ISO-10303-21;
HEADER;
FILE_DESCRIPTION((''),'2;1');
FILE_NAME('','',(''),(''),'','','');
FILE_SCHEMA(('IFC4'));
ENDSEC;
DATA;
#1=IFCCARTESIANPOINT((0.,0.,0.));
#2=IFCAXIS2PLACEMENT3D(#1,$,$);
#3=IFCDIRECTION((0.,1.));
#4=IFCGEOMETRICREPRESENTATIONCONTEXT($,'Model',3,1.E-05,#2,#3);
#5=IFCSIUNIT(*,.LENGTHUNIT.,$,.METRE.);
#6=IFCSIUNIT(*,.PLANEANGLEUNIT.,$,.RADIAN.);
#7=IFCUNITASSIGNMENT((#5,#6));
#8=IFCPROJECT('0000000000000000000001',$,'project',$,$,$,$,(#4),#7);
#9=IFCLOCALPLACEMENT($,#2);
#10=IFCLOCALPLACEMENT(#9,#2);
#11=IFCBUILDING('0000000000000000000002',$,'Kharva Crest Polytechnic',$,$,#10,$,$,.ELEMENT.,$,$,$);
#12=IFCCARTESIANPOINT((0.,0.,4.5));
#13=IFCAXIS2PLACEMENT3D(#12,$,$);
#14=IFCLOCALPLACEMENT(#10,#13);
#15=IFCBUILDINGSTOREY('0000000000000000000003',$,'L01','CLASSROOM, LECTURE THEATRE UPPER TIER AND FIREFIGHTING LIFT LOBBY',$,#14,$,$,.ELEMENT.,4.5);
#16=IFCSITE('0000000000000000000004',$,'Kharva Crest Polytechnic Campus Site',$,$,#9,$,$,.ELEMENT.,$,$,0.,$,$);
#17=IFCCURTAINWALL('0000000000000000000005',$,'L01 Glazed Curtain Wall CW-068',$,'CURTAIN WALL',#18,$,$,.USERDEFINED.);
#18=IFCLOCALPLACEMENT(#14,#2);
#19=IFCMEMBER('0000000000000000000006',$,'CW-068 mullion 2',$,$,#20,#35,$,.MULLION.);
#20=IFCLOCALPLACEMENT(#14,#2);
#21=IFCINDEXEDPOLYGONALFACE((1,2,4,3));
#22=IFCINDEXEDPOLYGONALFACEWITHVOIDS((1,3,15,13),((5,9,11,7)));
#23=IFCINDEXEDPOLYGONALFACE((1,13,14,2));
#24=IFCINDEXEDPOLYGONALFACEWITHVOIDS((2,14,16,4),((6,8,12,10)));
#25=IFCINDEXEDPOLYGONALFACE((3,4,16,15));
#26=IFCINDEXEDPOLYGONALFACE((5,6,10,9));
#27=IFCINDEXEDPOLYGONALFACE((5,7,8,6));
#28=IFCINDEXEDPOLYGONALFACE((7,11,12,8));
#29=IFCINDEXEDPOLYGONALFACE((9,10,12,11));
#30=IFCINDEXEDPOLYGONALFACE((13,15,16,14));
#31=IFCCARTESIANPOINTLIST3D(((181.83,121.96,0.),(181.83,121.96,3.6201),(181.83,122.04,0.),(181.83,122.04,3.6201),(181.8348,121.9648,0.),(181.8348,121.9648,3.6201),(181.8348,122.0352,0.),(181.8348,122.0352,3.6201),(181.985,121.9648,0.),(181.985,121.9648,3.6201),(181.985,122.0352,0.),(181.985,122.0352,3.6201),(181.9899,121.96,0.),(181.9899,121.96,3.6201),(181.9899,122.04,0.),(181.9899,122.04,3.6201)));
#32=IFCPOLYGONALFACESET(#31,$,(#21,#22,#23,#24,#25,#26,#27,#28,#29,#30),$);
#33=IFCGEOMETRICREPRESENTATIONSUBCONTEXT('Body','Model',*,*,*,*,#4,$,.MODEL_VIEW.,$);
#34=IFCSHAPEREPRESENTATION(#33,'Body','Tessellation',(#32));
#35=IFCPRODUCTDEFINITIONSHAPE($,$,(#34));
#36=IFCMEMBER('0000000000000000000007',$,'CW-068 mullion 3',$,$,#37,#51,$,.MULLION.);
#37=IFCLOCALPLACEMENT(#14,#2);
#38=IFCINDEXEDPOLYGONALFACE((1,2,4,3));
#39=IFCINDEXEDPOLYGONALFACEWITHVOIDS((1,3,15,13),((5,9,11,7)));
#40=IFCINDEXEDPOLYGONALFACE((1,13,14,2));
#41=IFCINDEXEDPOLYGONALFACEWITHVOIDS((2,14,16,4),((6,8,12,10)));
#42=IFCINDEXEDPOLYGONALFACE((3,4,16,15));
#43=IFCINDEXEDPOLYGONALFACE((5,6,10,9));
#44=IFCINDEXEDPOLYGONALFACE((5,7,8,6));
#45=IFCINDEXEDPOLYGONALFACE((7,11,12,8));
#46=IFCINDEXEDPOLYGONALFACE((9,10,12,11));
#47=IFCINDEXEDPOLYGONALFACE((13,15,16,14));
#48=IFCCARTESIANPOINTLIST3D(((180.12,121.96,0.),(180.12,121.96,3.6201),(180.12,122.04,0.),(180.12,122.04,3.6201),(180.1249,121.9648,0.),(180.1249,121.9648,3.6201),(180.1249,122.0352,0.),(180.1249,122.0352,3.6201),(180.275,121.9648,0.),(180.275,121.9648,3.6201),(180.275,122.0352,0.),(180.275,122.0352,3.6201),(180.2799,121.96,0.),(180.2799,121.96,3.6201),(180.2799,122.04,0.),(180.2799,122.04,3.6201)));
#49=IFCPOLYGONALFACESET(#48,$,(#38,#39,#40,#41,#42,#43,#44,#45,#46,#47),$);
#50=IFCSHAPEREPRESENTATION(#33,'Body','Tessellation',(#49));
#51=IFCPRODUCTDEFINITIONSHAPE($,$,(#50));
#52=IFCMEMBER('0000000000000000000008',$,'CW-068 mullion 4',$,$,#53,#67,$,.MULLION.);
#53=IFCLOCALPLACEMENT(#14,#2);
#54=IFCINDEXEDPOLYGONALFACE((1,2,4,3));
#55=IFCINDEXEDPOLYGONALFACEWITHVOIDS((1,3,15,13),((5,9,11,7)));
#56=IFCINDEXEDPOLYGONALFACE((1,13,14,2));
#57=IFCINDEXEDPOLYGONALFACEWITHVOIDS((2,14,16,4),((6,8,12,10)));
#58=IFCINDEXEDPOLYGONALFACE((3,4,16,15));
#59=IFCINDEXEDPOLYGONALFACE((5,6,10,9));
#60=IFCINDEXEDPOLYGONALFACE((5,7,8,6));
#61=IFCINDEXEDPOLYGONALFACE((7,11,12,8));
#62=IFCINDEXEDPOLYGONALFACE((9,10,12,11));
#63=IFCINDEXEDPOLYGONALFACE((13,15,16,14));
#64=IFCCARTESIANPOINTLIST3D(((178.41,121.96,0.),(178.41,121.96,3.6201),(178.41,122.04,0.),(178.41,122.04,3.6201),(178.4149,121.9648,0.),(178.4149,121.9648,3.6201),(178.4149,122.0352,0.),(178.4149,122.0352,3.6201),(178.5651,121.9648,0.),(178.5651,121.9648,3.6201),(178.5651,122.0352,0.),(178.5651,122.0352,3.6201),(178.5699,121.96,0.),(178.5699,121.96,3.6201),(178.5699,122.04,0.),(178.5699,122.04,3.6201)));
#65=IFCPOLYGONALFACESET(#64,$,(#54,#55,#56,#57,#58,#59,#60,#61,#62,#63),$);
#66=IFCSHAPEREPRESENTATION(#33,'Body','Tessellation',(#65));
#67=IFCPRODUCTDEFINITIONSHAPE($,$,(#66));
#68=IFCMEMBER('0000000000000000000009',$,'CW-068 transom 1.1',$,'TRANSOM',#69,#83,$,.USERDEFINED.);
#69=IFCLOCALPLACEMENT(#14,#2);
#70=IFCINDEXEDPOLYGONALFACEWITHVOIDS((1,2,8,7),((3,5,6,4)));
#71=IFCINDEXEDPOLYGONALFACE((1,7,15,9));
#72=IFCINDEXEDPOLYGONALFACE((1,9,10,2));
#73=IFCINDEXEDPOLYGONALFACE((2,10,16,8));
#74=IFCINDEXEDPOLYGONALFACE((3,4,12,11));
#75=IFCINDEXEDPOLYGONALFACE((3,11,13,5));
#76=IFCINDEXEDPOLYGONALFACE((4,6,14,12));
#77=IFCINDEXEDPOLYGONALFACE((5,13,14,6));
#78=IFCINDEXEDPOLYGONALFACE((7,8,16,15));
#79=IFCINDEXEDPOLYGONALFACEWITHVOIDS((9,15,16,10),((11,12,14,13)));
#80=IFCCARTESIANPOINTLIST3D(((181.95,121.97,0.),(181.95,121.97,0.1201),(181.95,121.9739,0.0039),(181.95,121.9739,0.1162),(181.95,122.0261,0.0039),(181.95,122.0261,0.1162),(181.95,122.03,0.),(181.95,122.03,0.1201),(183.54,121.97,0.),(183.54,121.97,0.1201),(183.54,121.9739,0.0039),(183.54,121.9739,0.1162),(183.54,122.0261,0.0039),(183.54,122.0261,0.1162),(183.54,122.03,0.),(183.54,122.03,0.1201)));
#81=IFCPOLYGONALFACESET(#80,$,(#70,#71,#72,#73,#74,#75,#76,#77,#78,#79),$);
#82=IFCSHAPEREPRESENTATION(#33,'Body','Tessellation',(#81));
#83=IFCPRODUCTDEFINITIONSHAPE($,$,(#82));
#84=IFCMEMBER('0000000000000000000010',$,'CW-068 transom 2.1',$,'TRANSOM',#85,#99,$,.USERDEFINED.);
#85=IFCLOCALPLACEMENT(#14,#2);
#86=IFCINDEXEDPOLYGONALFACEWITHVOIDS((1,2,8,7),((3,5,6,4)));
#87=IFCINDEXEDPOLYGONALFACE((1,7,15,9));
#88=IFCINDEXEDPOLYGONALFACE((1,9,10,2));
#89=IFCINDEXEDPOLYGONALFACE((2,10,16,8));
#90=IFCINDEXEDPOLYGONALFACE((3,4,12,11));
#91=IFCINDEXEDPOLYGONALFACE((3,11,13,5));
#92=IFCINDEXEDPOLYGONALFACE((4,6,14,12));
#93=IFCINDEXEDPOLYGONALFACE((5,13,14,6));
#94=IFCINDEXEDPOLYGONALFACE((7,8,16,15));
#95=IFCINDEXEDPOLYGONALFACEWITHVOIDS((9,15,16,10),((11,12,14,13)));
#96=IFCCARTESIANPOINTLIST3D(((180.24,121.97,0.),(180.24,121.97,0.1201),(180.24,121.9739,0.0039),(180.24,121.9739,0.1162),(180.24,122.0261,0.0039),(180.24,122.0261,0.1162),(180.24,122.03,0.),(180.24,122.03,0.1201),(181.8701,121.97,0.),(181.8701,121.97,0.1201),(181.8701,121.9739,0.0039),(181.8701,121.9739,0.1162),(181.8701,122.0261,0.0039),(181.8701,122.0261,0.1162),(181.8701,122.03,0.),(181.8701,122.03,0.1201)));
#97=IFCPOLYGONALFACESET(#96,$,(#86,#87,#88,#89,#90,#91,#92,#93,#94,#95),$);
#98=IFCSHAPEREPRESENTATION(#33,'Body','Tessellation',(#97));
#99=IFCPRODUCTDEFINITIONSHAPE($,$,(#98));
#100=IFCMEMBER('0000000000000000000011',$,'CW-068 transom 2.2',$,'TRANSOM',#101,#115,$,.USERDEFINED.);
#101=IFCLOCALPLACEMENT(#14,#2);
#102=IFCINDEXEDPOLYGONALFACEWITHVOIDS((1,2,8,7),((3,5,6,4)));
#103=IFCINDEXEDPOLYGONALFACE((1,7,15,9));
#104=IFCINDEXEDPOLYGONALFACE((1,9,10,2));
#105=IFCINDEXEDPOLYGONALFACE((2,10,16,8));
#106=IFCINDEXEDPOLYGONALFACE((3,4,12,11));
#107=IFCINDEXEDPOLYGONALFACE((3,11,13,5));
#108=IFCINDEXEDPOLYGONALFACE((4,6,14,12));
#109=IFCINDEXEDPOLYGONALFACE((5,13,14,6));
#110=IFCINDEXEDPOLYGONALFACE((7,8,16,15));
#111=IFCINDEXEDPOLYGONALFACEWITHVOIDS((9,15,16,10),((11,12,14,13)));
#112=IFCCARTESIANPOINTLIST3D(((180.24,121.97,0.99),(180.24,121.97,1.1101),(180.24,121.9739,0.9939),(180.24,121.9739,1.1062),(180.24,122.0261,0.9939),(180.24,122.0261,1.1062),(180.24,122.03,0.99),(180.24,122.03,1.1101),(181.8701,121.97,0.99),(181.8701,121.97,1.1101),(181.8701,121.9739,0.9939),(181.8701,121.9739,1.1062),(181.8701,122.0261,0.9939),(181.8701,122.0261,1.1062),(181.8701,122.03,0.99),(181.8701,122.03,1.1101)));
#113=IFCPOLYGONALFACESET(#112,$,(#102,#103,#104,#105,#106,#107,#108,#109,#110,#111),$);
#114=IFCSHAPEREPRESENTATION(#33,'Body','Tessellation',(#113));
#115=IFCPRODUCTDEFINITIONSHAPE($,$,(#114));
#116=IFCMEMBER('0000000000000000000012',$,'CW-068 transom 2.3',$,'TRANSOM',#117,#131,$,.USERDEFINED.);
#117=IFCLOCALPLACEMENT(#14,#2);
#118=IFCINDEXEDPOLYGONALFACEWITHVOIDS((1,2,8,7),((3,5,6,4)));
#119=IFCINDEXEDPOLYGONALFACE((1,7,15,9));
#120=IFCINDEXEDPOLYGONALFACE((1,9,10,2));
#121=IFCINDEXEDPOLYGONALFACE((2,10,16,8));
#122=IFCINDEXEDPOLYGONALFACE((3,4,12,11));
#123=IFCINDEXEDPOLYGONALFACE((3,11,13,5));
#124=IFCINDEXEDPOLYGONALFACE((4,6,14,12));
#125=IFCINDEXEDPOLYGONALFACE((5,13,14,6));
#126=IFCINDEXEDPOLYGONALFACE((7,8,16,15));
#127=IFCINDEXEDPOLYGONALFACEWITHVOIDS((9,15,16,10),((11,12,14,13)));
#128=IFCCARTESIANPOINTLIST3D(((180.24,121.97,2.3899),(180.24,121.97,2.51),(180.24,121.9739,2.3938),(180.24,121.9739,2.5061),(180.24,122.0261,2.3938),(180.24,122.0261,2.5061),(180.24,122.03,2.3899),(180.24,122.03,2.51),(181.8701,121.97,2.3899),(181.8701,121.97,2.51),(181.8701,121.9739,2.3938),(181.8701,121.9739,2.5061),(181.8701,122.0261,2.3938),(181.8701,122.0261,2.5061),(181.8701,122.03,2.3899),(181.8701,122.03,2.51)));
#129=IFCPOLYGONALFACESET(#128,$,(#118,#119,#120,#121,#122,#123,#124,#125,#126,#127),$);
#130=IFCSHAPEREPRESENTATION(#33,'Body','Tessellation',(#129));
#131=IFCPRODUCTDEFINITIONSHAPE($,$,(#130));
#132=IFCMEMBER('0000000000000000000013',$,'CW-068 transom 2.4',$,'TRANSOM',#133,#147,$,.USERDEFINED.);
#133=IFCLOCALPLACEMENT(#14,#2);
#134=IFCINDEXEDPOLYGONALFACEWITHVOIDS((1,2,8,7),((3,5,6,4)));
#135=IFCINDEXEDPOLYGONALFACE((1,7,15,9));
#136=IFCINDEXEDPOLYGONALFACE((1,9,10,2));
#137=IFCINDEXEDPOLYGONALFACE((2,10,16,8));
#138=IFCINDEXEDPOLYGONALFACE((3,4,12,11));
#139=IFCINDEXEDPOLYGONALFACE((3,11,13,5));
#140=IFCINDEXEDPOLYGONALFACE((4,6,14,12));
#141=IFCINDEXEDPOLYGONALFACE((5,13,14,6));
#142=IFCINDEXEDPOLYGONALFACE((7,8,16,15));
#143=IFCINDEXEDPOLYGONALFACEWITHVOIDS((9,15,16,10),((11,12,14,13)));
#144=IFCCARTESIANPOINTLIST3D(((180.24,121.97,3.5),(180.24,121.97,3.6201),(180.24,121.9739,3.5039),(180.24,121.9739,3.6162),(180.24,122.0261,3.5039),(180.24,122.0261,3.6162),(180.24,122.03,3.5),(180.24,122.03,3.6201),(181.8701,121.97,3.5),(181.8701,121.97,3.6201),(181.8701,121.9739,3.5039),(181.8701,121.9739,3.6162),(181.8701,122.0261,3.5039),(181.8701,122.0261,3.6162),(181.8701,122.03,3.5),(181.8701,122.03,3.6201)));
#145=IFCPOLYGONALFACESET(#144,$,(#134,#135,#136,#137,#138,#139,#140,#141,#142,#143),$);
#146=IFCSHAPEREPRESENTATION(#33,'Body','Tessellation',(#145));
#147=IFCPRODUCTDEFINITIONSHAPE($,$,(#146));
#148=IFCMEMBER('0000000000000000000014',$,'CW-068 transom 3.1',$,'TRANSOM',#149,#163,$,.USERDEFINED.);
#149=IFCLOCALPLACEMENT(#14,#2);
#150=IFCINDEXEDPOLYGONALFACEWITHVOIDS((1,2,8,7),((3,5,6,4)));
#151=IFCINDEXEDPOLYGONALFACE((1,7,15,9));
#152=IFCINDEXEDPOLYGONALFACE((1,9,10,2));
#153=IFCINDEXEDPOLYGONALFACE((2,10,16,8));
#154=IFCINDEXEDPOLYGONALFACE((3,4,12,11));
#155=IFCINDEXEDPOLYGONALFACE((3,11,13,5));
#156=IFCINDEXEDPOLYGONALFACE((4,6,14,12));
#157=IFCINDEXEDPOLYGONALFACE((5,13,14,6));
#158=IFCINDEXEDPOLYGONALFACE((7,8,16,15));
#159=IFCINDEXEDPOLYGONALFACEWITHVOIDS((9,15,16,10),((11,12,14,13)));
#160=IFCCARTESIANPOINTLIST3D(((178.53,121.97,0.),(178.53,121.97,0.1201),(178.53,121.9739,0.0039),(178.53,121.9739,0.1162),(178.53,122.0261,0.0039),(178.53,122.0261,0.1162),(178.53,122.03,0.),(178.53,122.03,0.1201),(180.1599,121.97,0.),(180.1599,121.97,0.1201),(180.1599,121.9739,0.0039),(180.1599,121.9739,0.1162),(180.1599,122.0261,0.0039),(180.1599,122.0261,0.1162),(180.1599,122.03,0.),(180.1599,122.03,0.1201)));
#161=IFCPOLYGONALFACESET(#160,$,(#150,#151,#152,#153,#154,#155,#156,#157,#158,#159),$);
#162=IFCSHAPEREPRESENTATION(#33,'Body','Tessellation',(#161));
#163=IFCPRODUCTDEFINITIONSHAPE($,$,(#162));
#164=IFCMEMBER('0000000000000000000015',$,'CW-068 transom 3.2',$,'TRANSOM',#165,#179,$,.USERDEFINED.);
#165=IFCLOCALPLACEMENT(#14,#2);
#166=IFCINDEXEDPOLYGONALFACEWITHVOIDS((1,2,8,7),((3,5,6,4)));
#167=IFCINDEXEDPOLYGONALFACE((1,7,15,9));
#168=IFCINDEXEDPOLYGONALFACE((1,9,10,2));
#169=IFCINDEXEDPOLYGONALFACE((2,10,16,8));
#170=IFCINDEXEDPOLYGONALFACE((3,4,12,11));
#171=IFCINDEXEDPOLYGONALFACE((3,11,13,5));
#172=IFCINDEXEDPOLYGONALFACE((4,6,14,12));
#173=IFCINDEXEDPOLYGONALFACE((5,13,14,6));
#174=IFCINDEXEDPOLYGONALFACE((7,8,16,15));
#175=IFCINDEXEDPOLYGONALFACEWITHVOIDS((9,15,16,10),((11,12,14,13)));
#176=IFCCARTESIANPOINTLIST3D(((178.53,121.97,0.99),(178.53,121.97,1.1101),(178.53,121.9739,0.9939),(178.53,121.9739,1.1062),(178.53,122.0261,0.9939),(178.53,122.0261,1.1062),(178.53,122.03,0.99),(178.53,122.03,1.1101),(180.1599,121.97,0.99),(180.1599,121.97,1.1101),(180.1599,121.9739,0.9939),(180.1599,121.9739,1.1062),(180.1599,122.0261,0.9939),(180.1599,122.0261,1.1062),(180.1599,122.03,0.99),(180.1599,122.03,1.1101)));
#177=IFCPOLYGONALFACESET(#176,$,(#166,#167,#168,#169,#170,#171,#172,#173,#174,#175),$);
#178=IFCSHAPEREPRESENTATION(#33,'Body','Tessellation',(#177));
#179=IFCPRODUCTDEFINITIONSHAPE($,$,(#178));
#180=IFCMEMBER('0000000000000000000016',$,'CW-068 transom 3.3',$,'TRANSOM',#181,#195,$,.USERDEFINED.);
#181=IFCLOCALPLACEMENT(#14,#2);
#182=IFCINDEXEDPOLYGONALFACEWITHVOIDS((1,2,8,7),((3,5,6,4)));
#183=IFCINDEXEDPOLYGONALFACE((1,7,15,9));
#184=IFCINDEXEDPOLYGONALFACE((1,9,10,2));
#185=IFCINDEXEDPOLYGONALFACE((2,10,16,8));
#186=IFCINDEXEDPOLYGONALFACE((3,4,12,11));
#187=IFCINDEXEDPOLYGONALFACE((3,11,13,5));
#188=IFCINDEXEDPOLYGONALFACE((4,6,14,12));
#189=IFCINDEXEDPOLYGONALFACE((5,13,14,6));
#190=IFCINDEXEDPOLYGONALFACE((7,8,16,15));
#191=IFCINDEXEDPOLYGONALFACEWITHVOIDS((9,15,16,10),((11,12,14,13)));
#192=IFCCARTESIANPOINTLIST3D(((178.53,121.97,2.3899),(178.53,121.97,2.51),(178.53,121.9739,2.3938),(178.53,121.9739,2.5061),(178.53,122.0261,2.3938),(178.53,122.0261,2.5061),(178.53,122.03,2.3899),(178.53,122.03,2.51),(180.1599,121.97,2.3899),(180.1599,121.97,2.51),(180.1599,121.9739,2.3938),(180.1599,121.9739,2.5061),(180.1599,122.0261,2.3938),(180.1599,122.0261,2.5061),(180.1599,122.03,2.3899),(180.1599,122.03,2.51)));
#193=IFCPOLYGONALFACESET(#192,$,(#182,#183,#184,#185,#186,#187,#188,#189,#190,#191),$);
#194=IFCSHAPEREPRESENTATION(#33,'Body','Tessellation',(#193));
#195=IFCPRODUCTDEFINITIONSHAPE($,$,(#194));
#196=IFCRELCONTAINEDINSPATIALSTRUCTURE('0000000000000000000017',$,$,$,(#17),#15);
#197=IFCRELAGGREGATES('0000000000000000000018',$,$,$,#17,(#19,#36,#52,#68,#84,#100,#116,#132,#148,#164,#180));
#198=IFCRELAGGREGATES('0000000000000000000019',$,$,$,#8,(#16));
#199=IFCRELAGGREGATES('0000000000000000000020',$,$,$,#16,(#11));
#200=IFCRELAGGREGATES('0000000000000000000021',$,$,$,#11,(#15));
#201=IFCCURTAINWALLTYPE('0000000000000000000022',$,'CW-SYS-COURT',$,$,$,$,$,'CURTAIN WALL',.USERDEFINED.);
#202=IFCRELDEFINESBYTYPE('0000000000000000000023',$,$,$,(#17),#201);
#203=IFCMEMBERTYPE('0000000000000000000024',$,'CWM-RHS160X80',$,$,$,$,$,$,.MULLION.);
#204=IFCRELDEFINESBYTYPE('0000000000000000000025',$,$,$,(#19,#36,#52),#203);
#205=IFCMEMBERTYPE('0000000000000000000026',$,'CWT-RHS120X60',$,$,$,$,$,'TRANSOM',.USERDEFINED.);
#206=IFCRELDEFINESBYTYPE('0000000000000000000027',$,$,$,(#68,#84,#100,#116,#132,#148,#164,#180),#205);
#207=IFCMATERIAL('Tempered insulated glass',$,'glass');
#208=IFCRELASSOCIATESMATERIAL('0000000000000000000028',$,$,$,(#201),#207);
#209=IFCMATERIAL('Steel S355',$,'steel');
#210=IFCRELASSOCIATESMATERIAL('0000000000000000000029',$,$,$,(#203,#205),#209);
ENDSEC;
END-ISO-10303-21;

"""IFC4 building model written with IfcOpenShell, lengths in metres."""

from ifc_helpers import new_model, si_unit, direction, frame, origin, origin_2d, place, context, subcontext, project, spatial, hollow_rectangle, extrude, material, material_profile, profile_set, type_object, element, aggregate, save


model = new_model("IFC4")

# Units and contexts
model_context = context("Model", 3, precision=1e-05, world=origin(), true_north=direction((0.0, 1.0)))
body_context = subcontext(model_context, "Body", "Model", "MODEL_VIEW")
ifc_project = project(units=[si_unit("LENGTHUNIT", "METRE"), si_unit("PLANEANGLEUNIT", "RADIAN")], contexts=[model_context])

# Site, building, storey
site_placement = place(None, origin())
site = spatial("IfcSite", under=ifc_project, at=site_placement, Name="Kharva Crest Polytechnic Campus Site", CompositionType="ELEMENT", RefElevation=0.0)
building_placement = place(site_placement, origin())
building = spatial("IfcBuilding", under=site, at=building_placement, Name="Kharva Crest Polytechnic", CompositionType="ELEMENT")
storey_placement = place(building_placement, frame((0.0, 0.0, 4.5)))
storey = spatial("IfcBuildingStorey", under=building, at=storey_placement, Name="L01", Description="CLASSROOM, LECTURE THEATRE UPPER TIER AND FIREFIGHTING LIFT LOBBY", CompositionType="ELEMENT", Elevation=4.5)

# Curtain wall, members
ifc_material_1 = material(Name="Tempered insulated glass", Category="glass")
curtain_wall_type = type_object("IfcCurtainWallType", Name="CW-SYS-COURT", ElementType="CURTAIN WALL", PredefinedType="USERDEFINED", material=ifc_material_1)
curtain_wall_placement = place(storey_placement, origin())
curtain_wall = element("IfcCurtainWall", 1, at=curtain_wall_placement, inside=storey, type_object=curtain_wall_type, Name="L01 Glazed Curtain Wall CW-068", ObjectType="CURTAIN WALL", PredefinedType="USERDEFINED")
ifc_material_2 = material(Name="Steel S355", Category="steel")
ifc_material_profile_1 = material_profile(ifc_material_2, hollow_rectangle(XDim=0.0801, YDim=0.1599, WallThickness=0.0049, at=origin_2d()), Name="RHS 160X80X5.0")
ifc_profile_set_1 = profile_set([ifc_material_profile_1], Name="Steel S355")
member_type_1 = type_object("IfcMemberType", Name="CWM-RHS160X80", PredefinedType="MULLION", material=ifc_profile_set_1)
member_1_placement = place(storey_placement, frame((181.9099, 122.0, 0.0), z_axis=(0.0, 0.0, 1.0), x_axis=(0.0, -1.0, 0.0)))
member_1 = element("IfcMember", 2, at=member_1_placement, type_object=member_type_1, Name="CW-068 mullion 2", PredefinedType="MULLION", context=body_context, shape_type="SweptSolid", body=[
    extrude(hollow_rectangle(XDim=0.0801, YDim=0.1599, WallThickness=0.0049, at=origin_2d()), origin(), (0.0, 0.0, 1.0), 3.6201),
])
member_2_placement = place(storey_placement, frame((180.2, 122.0, 0.0), z_axis=(0.0, 0.0, 1.0), x_axis=(0.0, -1.0, 0.0)))
member_2 = element("IfcMember", 3, at=member_2_placement, type_object=member_type_1, Name="CW-068 mullion 3", PredefinedType="MULLION", context=body_context, shape_type="SweptSolid", body=[
    extrude(hollow_rectangle(XDim=0.0801, YDim=0.1599, WallThickness=0.0049, at=origin_2d()), origin(), (0.0, 0.0, 1.0), 3.6201),
])
member_3_placement = place(storey_placement, frame((178.49, 122.0, 0.0), z_axis=(0.0, 0.0, 1.0), x_axis=(0.0, -1.0, 0.0)))
member_3 = element("IfcMember", 4, at=member_3_placement, type_object=member_type_1, Name="CW-068 mullion 4", PredefinedType="MULLION", context=body_context, shape_type="SweptSolid", body=[
    extrude(hollow_rectangle(XDim=0.0801, YDim=0.1599, WallThickness=0.0049, at=origin_2d()), origin(), (0.0, 0.0, 1.0), 3.6201),
])
ifc_material_profile_2 = material_profile(ifc_material_2, hollow_rectangle(XDim=0.0601, YDim=0.1201, WallThickness=0.0039, at=origin_2d()), Name="RHS 120X60X4.0")
ifc_profile_set_2 = profile_set([ifc_material_profile_2], Name="Steel S355")
member_type_2 = type_object("IfcMemberType", Name="CWT-RHS120X60", ElementType="TRANSOM", PredefinedType="USERDEFINED", material=ifc_profile_set_2)
member_4_placement = place(storey_placement, frame((183.54, 122.0, 0.0601), z_axis=(-1.0, 0.0, 0.0), x_axis=(0.0, -1.0, 0.0)))
member_4 = element("IfcMember", 5, at=member_4_placement, type_object=member_type_2, Name="CW-068 transom 1.1", ObjectType="TRANSOM", PredefinedType="USERDEFINED", context=body_context, shape_type="SweptSolid", body=[
    extrude(hollow_rectangle(XDim=0.0601, YDim=0.1201, WallThickness=0.0039, at=origin_2d()), origin(), (0.0, 0.0, 1.0), 1.5901),
])
member_5_placement = place(storey_placement, frame((181.8701, 122.0, 0.0601), z_axis=(-1.0, 0.0, 0.0), x_axis=(0.0, -1.0, 0.0)))
member_5 = element("IfcMember", 6, at=member_5_placement, type_object=member_type_2, Name="CW-068 transom 2.1", ObjectType="TRANSOM", PredefinedType="USERDEFINED", context=body_context, shape_type="SweptSolid", body=[
    extrude(hollow_rectangle(XDim=0.0601, YDim=0.1201, WallThickness=0.0039, at=origin_2d()), origin(), (0.0, 0.0, 1.0), 1.6301),
])
member_6_placement = place(storey_placement, frame((181.8701, 122.0, 1.05), z_axis=(-1.0, 0.0, 0.0), x_axis=(0.0, -1.0, 0.0)))
member_6 = element("IfcMember", 7, at=member_6_placement, type_object=member_type_2, Name="CW-068 transom 2.2", ObjectType="TRANSOM", PredefinedType="USERDEFINED", context=body_context, shape_type="SweptSolid", body=[
    extrude(hollow_rectangle(XDim=0.0601, YDim=0.1201, WallThickness=0.0039, at=origin_2d()), origin(), (0.0, 0.0, 1.0), 1.6301),
])
member_7_placement = place(storey_placement, frame((181.8701, 122.0, 2.45), z_axis=(-1.0, 0.0, 0.0), x_axis=(0.0, -1.0, 0.0)))
member_7 = element("IfcMember", 8, at=member_7_placement, type_object=member_type_2, Name="CW-068 transom 2.3", ObjectType="TRANSOM", PredefinedType="USERDEFINED", context=body_context, shape_type="SweptSolid", body=[
    extrude(hollow_rectangle(XDim=0.0601, YDim=0.1201, WallThickness=0.0039, at=origin_2d()), origin(), (0.0, 0.0, 1.0), 1.6301),
])
member_8_placement = place(storey_placement, frame((181.8701, 122.0, 3.5601), z_axis=(-1.0, 0.0, 0.0), x_axis=(0.0, -1.0, 0.0)))
member_8 = element("IfcMember", 9, at=member_8_placement, type_object=member_type_2, Name="CW-068 transom 2.4", ObjectType="TRANSOM", PredefinedType="USERDEFINED", context=body_context, shape_type="SweptSolid", body=[
    extrude(hollow_rectangle(XDim=0.0601, YDim=0.1201, WallThickness=0.0039, at=origin_2d()), origin(), (0.0, 0.0, 1.0), 1.6301),
])
member_9_placement = place(storey_placement, frame((180.1599, 122.0, 0.0601), z_axis=(-1.0, 0.0, 0.0), x_axis=(0.0, -1.0, 0.0)))
member_9 = element("IfcMember", 10, at=member_9_placement, type_object=member_type_2, Name="CW-068 transom 3.1", ObjectType="TRANSOM", PredefinedType="USERDEFINED", context=body_context, shape_type="SweptSolid", body=[
    extrude(hollow_rectangle(XDim=0.0601, YDim=0.1201, WallThickness=0.0039, at=origin_2d()), origin(), (0.0, 0.0, 1.0), 1.6299),
])
member_10_placement = place(storey_placement, frame((180.1599, 122.0, 1.05), z_axis=(-1.0, 0.0, 0.0), x_axis=(0.0, -1.0, 0.0)))
member_10 = element("IfcMember", 11, at=member_10_placement, type_object=member_type_2, Name="CW-068 transom 3.2", ObjectType="TRANSOM", PredefinedType="USERDEFINED", context=body_context, shape_type="SweptSolid", body=[
    extrude(hollow_rectangle(XDim=0.0601, YDim=0.1201, WallThickness=0.0039, at=origin_2d()), origin(), (0.0, 0.0, 1.0), 1.6299),
])
member_11_placement = place(storey_placement, frame((180.1599, 122.0, 2.45), z_axis=(-1.0, 0.0, 0.0), x_axis=(0.0, -1.0, 0.0)))
member_11 = element("IfcMember", 12, at=member_11_placement, type_object=member_type_2, Name="CW-068 transom 3.3", ObjectType="TRANSOM", PredefinedType="USERDEFINED", context=body_context, shape_type="SweptSolid", body=[
    extrude(hollow_rectangle(XDim=0.0601, YDim=0.1201, WallThickness=0.0039, at=origin_2d()), origin(), (0.0, 0.0, 1.0), 1.6299),
])
aggregate(curtain_wall, [member_1, member_2, member_3, member_4, member_5, member_6, member_7, member_8, member_9, member_10, member_11])

save(model, "model.ifc")
